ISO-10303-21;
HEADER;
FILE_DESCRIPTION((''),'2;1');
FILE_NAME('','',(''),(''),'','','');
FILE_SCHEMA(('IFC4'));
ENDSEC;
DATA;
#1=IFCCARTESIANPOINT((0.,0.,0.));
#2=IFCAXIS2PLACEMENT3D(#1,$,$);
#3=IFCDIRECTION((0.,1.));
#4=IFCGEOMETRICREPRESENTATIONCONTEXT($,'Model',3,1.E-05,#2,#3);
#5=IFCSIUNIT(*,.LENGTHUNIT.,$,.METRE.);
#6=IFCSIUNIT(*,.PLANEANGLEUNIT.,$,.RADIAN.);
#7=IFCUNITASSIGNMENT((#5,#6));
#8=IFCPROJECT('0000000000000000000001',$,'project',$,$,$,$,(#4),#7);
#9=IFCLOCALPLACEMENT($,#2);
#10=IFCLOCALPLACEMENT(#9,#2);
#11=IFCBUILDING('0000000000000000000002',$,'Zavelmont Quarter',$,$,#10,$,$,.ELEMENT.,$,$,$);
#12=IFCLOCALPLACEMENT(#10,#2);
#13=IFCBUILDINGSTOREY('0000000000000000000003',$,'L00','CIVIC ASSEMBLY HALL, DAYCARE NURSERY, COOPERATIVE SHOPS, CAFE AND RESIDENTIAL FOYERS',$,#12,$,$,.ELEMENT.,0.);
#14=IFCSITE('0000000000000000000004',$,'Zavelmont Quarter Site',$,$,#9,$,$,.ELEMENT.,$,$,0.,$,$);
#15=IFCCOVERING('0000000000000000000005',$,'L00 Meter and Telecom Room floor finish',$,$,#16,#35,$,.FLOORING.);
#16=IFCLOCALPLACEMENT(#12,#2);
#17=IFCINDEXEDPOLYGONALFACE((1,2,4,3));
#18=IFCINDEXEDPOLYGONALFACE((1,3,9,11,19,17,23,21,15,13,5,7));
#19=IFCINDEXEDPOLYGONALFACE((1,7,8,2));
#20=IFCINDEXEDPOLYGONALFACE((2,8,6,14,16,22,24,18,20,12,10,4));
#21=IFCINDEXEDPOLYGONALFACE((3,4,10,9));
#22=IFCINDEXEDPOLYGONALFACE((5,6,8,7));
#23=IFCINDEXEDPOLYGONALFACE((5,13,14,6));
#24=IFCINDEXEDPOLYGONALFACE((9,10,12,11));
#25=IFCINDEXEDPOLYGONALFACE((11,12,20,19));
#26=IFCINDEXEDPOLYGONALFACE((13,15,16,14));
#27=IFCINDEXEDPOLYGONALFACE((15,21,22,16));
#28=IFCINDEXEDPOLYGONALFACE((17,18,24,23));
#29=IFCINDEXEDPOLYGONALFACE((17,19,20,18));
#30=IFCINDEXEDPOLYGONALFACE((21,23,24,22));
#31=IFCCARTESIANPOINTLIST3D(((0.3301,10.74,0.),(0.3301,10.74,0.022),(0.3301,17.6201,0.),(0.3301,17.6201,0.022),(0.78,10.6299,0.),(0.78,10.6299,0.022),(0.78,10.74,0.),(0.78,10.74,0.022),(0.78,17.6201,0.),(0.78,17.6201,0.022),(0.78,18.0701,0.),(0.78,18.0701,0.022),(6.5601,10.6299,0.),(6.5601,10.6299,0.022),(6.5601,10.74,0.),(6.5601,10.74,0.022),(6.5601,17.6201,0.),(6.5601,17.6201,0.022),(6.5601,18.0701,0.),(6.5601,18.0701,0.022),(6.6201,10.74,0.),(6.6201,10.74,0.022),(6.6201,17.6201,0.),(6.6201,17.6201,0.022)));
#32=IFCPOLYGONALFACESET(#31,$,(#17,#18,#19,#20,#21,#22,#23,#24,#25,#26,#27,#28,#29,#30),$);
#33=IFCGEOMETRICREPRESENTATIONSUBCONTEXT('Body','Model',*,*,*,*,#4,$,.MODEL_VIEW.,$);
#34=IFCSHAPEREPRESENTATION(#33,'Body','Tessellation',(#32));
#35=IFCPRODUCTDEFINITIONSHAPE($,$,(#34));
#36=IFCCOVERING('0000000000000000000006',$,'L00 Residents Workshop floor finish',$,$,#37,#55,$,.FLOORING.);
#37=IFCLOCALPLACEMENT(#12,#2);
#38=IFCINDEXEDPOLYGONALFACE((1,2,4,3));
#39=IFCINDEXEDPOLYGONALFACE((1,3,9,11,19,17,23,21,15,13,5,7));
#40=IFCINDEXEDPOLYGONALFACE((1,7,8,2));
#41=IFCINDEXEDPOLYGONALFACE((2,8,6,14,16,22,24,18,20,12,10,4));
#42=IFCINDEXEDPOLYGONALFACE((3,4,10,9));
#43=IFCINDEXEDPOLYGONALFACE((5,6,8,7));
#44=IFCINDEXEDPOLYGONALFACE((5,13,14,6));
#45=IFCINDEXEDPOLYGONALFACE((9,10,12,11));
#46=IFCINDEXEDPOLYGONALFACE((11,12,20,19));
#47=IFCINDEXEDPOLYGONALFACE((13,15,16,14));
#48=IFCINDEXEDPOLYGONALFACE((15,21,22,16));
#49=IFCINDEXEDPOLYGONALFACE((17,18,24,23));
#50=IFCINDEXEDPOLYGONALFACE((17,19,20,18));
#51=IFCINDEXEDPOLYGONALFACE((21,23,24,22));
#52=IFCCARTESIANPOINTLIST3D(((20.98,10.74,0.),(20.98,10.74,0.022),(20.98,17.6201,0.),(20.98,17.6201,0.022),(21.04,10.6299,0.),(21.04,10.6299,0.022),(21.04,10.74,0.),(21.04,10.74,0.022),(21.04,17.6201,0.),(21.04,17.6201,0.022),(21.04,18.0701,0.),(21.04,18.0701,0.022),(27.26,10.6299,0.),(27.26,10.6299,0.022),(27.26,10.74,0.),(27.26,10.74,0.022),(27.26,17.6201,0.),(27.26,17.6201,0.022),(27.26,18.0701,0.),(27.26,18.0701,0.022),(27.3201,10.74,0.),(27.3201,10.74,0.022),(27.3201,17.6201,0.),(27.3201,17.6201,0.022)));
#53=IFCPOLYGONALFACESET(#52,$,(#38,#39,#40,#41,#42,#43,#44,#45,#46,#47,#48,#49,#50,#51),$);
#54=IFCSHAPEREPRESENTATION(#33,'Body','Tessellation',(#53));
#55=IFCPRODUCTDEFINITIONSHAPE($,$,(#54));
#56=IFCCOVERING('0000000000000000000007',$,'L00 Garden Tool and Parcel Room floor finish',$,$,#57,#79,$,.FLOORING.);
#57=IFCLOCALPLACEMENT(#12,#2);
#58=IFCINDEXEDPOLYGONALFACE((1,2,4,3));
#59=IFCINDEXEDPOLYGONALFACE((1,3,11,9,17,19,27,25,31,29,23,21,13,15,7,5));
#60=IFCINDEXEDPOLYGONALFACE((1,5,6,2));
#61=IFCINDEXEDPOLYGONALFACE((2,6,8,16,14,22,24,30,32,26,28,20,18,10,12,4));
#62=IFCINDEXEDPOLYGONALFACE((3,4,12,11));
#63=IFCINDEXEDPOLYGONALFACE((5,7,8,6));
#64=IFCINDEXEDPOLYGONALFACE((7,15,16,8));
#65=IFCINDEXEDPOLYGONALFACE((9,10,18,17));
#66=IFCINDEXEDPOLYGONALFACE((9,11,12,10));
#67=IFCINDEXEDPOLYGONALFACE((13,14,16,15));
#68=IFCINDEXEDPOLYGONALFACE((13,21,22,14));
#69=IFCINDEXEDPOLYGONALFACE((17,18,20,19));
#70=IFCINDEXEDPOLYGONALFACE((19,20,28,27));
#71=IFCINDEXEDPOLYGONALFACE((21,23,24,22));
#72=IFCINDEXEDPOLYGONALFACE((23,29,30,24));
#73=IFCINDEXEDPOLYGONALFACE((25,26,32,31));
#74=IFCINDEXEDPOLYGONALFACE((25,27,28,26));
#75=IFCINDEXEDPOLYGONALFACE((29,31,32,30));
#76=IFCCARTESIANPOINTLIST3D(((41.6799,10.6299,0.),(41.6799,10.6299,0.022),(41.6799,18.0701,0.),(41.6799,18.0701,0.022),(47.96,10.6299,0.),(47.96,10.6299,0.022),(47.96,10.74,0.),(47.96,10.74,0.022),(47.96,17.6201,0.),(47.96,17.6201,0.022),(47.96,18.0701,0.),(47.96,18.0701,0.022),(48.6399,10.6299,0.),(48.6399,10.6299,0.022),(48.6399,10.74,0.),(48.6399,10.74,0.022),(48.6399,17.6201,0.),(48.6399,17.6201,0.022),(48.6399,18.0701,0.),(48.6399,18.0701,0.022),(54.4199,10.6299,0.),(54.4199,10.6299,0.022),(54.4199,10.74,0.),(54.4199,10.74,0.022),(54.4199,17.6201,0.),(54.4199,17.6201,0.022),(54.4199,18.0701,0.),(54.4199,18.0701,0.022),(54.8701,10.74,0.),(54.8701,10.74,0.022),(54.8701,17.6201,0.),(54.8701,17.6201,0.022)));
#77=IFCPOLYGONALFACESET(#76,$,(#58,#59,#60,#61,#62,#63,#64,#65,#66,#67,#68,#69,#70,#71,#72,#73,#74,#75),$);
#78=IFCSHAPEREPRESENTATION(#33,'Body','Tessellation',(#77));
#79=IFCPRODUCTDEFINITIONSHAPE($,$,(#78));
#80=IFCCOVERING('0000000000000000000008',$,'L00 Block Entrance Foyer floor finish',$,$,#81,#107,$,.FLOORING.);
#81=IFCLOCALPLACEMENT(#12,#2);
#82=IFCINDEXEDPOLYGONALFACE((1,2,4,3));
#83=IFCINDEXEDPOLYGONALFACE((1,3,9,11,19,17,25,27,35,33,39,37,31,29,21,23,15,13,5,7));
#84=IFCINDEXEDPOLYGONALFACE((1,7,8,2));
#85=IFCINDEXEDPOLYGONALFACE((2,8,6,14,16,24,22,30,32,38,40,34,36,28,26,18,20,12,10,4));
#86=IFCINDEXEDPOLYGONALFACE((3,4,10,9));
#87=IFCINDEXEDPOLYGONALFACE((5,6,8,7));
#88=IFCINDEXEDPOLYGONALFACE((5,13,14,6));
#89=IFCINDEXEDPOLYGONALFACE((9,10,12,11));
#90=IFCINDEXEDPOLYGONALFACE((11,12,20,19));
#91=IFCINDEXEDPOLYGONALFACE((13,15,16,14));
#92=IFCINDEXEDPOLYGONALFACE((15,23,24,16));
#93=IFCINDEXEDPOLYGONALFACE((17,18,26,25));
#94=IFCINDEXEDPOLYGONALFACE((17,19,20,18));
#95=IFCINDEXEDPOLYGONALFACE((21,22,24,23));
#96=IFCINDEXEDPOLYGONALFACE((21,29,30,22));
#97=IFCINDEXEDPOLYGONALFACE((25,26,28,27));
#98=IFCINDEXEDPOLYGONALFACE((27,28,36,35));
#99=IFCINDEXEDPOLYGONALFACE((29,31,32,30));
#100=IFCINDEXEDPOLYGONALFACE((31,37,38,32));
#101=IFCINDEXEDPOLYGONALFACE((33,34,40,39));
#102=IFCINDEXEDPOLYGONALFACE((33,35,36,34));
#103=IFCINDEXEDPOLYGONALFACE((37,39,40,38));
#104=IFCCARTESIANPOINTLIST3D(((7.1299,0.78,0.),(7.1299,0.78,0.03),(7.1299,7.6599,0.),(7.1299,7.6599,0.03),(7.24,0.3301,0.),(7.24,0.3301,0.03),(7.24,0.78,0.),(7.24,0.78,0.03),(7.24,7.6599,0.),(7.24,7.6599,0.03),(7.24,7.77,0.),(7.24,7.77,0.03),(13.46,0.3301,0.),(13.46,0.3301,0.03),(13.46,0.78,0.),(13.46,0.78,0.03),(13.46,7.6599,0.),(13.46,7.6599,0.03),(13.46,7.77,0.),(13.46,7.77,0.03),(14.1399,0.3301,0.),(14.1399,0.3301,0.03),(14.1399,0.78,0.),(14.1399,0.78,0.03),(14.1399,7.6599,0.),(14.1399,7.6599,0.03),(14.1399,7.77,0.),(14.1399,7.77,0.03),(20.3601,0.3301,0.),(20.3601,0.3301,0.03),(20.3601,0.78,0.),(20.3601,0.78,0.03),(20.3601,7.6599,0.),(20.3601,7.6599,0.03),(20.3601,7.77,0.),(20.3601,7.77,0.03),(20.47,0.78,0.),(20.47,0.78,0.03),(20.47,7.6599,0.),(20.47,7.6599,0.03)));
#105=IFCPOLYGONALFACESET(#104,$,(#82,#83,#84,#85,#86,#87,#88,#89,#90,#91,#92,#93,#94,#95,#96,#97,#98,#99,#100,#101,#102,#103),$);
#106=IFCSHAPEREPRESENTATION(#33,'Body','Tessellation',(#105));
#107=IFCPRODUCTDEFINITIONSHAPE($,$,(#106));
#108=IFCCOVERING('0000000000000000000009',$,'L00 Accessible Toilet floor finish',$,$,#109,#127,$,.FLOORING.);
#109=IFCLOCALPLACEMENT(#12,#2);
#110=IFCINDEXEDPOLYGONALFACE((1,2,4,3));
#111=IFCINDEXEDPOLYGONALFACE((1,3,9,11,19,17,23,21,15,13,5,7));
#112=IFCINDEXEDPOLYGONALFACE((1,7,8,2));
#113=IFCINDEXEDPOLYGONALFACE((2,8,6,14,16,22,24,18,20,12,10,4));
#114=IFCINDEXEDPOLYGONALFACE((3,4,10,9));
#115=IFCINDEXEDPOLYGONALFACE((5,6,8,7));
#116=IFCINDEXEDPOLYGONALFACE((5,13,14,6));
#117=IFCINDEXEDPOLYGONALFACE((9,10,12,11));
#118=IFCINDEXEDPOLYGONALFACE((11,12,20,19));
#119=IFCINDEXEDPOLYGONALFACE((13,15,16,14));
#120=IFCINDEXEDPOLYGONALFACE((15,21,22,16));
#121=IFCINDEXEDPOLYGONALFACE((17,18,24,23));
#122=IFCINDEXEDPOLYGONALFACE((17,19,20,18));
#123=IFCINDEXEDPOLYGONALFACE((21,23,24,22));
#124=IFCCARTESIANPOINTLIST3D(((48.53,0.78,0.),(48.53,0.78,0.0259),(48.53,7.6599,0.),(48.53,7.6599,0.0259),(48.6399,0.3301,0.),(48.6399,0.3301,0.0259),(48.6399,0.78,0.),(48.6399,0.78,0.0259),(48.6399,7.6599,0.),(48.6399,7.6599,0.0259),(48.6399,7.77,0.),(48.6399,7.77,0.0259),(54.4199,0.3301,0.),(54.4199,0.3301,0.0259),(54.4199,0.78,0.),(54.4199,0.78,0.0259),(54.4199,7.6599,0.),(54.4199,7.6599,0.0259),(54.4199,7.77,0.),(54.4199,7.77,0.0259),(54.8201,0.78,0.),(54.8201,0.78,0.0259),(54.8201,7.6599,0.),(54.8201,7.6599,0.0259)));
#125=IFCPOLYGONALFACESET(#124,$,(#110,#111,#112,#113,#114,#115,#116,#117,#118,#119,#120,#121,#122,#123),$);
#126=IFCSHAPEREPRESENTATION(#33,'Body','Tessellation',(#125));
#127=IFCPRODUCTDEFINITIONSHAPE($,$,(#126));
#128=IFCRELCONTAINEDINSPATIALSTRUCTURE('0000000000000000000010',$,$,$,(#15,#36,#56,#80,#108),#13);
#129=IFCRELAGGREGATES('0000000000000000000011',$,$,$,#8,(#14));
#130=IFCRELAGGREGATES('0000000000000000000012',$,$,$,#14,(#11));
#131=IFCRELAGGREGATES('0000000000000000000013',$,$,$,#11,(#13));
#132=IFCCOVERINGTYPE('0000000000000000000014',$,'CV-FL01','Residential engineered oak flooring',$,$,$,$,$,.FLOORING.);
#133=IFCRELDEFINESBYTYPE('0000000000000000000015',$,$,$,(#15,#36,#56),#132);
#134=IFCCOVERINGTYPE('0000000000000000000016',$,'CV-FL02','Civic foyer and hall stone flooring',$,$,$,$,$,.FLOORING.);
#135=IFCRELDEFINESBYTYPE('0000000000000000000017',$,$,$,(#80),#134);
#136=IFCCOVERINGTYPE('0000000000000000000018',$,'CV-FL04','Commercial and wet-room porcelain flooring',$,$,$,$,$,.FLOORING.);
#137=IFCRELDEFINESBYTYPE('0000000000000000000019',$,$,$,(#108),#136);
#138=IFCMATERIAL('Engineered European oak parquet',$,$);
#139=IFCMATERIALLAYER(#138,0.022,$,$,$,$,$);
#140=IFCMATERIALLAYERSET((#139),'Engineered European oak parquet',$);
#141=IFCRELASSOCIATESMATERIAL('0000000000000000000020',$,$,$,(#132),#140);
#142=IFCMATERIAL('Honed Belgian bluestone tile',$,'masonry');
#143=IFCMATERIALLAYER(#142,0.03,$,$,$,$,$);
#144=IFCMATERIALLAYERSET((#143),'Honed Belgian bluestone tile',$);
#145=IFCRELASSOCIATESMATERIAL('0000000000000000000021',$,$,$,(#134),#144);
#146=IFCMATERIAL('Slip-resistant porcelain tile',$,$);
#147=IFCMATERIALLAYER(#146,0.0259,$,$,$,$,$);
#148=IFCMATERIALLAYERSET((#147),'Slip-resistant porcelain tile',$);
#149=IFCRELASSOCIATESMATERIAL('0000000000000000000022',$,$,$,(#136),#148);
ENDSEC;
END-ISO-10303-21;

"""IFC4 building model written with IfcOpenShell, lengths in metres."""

from ifc_helpers import new_model, si_unit, direction, origin, place, context, subcontext, project, spatial, polyline, outline, extrude, material, layer, layer_set, type_object, element, save


model = new_model("IFC4")

# Units and contexts
model_context = context("Model", 3, precision=1e-05, world=origin(), true_north=direction((0.0, 1.0)))
body_context = subcontext(model_context, "Body", "Model", "MODEL_VIEW")
ifc_project = project(units=[si_unit("LENGTHUNIT", "METRE"), si_unit("PLANEANGLEUNIT", "RADIAN")], contexts=[model_context])

# Site, building, storey
site_placement = place(None, origin())
site = spatial("IfcSite", under=ifc_project, at=site_placement, Name="Zavelmont Quarter Site", CompositionType="ELEMENT", RefElevation=0.0)
building_placement = place(site_placement, origin())
building = spatial("IfcBuilding", under=site, at=building_placement, Name="Zavelmont Quarter", CompositionType="ELEMENT")
storey_placement = place(building_placement, origin())
storey = spatial("IfcBuildingStorey", under=building, at=storey_placement, Name="L00", Description="CIVIC ASSEMBLY HALL, DAYCARE NURSERY, COOPERATIVE SHOPS, CAFE AND RESIDENTIAL FOYERS", CompositionType="ELEMENT", Elevation=0.0)

# Coverings
ifc_material_1 = material(Name="Engineered European oak parquet")
ifc_layer_1 = layer(ifc_material_1, 0.022)
ifc_layer_set_1 = layer_set([ifc_layer_1], Name="Engineered European oak parquet")
covering_type_1 = type_object("IfcCoveringType", Name="CV-FL01", Description="Residential engineered oak flooring", PredefinedType="FLOORING", material=ifc_layer_set_1)
covering_1_placement = place(storey_placement, origin())
element("IfcCovering", 1, at=covering_1_placement, inside=storey, type_object=covering_type_1, Name="L00 Meter and Telecom Room floor finish", PredefinedType="FLOORING", context=body_context, shape_type="SweptSolid", body=[
    extrude(outline(polyline([(0.3301, 17.6201), (0.78, 17.6201), (0.78, 18.0701), (6.5601, 18.0701), (6.5601, 17.6201), (6.6201, 17.6201), (6.6201, 10.74), (6.5601, 10.74), (6.5601, 10.6299), (0.78, 10.6299), (0.78, 10.74), (0.3301, 10.74), (0.3301, 17.6201)])), origin(), (0.0, 0.0, 1.0), 0.022),
])
covering_2_placement = place(storey_placement, origin())
element("IfcCovering", 2, at=covering_2_placement, inside=storey, type_object=covering_type_1, Name="L00 Residents Workshop floor finish", PredefinedType="FLOORING", context=body_context, shape_type="SweptSolid", body=[
    extrude(outline(polyline([(20.98, 17.6201), (21.04, 17.6201), (21.04, 18.0701), (27.26, 18.0701), (27.26, 17.6201), (27.3201, 17.6201), (27.3201, 10.74), (27.26, 10.74), (27.26, 10.6299), (21.04, 10.6299), (21.04, 10.74), (20.98, 10.74), (20.98, 17.6201)])), origin(), (0.0, 0.0, 1.0), 0.022),
])
covering_3_placement = place(storey_placement, origin())
element("IfcCovering", 3, at=covering_3_placement, inside=storey, type_object=covering_type_1, Name="L00 Garden Tool and Parcel Room floor finish", PredefinedType="FLOORING", context=body_context, shape_type="SweptSolid", body=[
    extrude(outline(polyline([(41.6799, 18.0701), (47.96, 18.0701), (47.96, 17.6201), (48.6399, 17.6201), (48.6399, 18.0701), (54.4199, 18.0701), (54.4199, 17.6201), (54.8701, 17.6201), (54.8701, 10.74), (54.4199, 10.74), (54.4199, 10.6299), (48.6399, 10.6299), (48.6399, 10.74), (47.96, 10.74), (47.96, 10.6299), (41.6799, 10.6299), (41.6799, 18.0701)])), origin(), (0.0, 0.0, 1.0), 0.022),
])
ifc_material_2 = material(Name="Honed Belgian bluestone tile", Category="masonry")
ifc_layer_2 = layer(ifc_material_2, 0.03)
ifc_layer_set_2 = layer_set([ifc_layer_2], Name="Honed Belgian bluestone tile")
covering_type_2 = type_object("IfcCoveringType", Name="CV-FL02", Description="Civic foyer and hall stone flooring", PredefinedType="FLOORING", material=ifc_layer_set_2)
covering_4_placement = place(storey_placement, origin())
element("IfcCovering", 4, at=covering_4_placement, inside=storey, type_object=covering_type_2, Name="L00 Block Entrance Foyer floor finish", PredefinedType="FLOORING", context=body_context, shape_type="SweptSolid", body=[
    extrude(outline(polyline([(7.1299, 7.6599), (7.24, 7.6599), (7.24, 7.77), (13.46, 7.77), (13.46, 7.6599), (14.1399, 7.6599), (14.1399, 7.77), (20.3601, 7.77), (20.3601, 7.6599), (20.47, 7.6599), (20.47, 0.78), (20.3601, 0.78), (20.3601, 0.3301), (14.1399, 0.3301), (14.1399, 0.78), (13.46, 0.78), (13.46, 0.3301), (7.24, 0.3301), (7.24, 0.78), (7.1299, 0.78), (7.1299, 7.6599)])), origin(), (0.0, 0.0, 1.0), 0.03),
])
ifc_material_3 = material(Name="Slip-resistant porcelain tile")
ifc_layer_3 = layer(ifc_material_3, 0.0259)
ifc_layer_set_3 = layer_set([ifc_layer_3], Name="Slip-resistant porcelain tile")
covering_type_3 = type_object("IfcCoveringType", Name="CV-FL04", Description="Commercial and wet-room porcelain flooring", PredefinedType="FLOORING", material=ifc_layer_set_3)
covering_5_placement = place(storey_placement, origin())
element("IfcCovering", 5, at=covering_5_placement, inside=storey, type_object=covering_type_3, Name="L00 Accessible Toilet floor finish", PredefinedType="FLOORING", context=body_context, shape_type="SweptSolid", body=[
    extrude(outline(polyline([(48.53, 7.6599), (48.6399, 7.6599), (48.6399, 7.77), (54.4199, 7.77), (54.4199, 7.6599), (54.8201, 7.6599), (54.8201, 0.78), (54.4199, 0.78), (54.4199, 0.3301), (48.6399, 0.3301), (48.6399, 0.78), (48.53, 0.78), (48.53, 7.6599)])), origin(), (0.0, 0.0, 1.0), 0.0259),
])

save(model, "model.ifc")
